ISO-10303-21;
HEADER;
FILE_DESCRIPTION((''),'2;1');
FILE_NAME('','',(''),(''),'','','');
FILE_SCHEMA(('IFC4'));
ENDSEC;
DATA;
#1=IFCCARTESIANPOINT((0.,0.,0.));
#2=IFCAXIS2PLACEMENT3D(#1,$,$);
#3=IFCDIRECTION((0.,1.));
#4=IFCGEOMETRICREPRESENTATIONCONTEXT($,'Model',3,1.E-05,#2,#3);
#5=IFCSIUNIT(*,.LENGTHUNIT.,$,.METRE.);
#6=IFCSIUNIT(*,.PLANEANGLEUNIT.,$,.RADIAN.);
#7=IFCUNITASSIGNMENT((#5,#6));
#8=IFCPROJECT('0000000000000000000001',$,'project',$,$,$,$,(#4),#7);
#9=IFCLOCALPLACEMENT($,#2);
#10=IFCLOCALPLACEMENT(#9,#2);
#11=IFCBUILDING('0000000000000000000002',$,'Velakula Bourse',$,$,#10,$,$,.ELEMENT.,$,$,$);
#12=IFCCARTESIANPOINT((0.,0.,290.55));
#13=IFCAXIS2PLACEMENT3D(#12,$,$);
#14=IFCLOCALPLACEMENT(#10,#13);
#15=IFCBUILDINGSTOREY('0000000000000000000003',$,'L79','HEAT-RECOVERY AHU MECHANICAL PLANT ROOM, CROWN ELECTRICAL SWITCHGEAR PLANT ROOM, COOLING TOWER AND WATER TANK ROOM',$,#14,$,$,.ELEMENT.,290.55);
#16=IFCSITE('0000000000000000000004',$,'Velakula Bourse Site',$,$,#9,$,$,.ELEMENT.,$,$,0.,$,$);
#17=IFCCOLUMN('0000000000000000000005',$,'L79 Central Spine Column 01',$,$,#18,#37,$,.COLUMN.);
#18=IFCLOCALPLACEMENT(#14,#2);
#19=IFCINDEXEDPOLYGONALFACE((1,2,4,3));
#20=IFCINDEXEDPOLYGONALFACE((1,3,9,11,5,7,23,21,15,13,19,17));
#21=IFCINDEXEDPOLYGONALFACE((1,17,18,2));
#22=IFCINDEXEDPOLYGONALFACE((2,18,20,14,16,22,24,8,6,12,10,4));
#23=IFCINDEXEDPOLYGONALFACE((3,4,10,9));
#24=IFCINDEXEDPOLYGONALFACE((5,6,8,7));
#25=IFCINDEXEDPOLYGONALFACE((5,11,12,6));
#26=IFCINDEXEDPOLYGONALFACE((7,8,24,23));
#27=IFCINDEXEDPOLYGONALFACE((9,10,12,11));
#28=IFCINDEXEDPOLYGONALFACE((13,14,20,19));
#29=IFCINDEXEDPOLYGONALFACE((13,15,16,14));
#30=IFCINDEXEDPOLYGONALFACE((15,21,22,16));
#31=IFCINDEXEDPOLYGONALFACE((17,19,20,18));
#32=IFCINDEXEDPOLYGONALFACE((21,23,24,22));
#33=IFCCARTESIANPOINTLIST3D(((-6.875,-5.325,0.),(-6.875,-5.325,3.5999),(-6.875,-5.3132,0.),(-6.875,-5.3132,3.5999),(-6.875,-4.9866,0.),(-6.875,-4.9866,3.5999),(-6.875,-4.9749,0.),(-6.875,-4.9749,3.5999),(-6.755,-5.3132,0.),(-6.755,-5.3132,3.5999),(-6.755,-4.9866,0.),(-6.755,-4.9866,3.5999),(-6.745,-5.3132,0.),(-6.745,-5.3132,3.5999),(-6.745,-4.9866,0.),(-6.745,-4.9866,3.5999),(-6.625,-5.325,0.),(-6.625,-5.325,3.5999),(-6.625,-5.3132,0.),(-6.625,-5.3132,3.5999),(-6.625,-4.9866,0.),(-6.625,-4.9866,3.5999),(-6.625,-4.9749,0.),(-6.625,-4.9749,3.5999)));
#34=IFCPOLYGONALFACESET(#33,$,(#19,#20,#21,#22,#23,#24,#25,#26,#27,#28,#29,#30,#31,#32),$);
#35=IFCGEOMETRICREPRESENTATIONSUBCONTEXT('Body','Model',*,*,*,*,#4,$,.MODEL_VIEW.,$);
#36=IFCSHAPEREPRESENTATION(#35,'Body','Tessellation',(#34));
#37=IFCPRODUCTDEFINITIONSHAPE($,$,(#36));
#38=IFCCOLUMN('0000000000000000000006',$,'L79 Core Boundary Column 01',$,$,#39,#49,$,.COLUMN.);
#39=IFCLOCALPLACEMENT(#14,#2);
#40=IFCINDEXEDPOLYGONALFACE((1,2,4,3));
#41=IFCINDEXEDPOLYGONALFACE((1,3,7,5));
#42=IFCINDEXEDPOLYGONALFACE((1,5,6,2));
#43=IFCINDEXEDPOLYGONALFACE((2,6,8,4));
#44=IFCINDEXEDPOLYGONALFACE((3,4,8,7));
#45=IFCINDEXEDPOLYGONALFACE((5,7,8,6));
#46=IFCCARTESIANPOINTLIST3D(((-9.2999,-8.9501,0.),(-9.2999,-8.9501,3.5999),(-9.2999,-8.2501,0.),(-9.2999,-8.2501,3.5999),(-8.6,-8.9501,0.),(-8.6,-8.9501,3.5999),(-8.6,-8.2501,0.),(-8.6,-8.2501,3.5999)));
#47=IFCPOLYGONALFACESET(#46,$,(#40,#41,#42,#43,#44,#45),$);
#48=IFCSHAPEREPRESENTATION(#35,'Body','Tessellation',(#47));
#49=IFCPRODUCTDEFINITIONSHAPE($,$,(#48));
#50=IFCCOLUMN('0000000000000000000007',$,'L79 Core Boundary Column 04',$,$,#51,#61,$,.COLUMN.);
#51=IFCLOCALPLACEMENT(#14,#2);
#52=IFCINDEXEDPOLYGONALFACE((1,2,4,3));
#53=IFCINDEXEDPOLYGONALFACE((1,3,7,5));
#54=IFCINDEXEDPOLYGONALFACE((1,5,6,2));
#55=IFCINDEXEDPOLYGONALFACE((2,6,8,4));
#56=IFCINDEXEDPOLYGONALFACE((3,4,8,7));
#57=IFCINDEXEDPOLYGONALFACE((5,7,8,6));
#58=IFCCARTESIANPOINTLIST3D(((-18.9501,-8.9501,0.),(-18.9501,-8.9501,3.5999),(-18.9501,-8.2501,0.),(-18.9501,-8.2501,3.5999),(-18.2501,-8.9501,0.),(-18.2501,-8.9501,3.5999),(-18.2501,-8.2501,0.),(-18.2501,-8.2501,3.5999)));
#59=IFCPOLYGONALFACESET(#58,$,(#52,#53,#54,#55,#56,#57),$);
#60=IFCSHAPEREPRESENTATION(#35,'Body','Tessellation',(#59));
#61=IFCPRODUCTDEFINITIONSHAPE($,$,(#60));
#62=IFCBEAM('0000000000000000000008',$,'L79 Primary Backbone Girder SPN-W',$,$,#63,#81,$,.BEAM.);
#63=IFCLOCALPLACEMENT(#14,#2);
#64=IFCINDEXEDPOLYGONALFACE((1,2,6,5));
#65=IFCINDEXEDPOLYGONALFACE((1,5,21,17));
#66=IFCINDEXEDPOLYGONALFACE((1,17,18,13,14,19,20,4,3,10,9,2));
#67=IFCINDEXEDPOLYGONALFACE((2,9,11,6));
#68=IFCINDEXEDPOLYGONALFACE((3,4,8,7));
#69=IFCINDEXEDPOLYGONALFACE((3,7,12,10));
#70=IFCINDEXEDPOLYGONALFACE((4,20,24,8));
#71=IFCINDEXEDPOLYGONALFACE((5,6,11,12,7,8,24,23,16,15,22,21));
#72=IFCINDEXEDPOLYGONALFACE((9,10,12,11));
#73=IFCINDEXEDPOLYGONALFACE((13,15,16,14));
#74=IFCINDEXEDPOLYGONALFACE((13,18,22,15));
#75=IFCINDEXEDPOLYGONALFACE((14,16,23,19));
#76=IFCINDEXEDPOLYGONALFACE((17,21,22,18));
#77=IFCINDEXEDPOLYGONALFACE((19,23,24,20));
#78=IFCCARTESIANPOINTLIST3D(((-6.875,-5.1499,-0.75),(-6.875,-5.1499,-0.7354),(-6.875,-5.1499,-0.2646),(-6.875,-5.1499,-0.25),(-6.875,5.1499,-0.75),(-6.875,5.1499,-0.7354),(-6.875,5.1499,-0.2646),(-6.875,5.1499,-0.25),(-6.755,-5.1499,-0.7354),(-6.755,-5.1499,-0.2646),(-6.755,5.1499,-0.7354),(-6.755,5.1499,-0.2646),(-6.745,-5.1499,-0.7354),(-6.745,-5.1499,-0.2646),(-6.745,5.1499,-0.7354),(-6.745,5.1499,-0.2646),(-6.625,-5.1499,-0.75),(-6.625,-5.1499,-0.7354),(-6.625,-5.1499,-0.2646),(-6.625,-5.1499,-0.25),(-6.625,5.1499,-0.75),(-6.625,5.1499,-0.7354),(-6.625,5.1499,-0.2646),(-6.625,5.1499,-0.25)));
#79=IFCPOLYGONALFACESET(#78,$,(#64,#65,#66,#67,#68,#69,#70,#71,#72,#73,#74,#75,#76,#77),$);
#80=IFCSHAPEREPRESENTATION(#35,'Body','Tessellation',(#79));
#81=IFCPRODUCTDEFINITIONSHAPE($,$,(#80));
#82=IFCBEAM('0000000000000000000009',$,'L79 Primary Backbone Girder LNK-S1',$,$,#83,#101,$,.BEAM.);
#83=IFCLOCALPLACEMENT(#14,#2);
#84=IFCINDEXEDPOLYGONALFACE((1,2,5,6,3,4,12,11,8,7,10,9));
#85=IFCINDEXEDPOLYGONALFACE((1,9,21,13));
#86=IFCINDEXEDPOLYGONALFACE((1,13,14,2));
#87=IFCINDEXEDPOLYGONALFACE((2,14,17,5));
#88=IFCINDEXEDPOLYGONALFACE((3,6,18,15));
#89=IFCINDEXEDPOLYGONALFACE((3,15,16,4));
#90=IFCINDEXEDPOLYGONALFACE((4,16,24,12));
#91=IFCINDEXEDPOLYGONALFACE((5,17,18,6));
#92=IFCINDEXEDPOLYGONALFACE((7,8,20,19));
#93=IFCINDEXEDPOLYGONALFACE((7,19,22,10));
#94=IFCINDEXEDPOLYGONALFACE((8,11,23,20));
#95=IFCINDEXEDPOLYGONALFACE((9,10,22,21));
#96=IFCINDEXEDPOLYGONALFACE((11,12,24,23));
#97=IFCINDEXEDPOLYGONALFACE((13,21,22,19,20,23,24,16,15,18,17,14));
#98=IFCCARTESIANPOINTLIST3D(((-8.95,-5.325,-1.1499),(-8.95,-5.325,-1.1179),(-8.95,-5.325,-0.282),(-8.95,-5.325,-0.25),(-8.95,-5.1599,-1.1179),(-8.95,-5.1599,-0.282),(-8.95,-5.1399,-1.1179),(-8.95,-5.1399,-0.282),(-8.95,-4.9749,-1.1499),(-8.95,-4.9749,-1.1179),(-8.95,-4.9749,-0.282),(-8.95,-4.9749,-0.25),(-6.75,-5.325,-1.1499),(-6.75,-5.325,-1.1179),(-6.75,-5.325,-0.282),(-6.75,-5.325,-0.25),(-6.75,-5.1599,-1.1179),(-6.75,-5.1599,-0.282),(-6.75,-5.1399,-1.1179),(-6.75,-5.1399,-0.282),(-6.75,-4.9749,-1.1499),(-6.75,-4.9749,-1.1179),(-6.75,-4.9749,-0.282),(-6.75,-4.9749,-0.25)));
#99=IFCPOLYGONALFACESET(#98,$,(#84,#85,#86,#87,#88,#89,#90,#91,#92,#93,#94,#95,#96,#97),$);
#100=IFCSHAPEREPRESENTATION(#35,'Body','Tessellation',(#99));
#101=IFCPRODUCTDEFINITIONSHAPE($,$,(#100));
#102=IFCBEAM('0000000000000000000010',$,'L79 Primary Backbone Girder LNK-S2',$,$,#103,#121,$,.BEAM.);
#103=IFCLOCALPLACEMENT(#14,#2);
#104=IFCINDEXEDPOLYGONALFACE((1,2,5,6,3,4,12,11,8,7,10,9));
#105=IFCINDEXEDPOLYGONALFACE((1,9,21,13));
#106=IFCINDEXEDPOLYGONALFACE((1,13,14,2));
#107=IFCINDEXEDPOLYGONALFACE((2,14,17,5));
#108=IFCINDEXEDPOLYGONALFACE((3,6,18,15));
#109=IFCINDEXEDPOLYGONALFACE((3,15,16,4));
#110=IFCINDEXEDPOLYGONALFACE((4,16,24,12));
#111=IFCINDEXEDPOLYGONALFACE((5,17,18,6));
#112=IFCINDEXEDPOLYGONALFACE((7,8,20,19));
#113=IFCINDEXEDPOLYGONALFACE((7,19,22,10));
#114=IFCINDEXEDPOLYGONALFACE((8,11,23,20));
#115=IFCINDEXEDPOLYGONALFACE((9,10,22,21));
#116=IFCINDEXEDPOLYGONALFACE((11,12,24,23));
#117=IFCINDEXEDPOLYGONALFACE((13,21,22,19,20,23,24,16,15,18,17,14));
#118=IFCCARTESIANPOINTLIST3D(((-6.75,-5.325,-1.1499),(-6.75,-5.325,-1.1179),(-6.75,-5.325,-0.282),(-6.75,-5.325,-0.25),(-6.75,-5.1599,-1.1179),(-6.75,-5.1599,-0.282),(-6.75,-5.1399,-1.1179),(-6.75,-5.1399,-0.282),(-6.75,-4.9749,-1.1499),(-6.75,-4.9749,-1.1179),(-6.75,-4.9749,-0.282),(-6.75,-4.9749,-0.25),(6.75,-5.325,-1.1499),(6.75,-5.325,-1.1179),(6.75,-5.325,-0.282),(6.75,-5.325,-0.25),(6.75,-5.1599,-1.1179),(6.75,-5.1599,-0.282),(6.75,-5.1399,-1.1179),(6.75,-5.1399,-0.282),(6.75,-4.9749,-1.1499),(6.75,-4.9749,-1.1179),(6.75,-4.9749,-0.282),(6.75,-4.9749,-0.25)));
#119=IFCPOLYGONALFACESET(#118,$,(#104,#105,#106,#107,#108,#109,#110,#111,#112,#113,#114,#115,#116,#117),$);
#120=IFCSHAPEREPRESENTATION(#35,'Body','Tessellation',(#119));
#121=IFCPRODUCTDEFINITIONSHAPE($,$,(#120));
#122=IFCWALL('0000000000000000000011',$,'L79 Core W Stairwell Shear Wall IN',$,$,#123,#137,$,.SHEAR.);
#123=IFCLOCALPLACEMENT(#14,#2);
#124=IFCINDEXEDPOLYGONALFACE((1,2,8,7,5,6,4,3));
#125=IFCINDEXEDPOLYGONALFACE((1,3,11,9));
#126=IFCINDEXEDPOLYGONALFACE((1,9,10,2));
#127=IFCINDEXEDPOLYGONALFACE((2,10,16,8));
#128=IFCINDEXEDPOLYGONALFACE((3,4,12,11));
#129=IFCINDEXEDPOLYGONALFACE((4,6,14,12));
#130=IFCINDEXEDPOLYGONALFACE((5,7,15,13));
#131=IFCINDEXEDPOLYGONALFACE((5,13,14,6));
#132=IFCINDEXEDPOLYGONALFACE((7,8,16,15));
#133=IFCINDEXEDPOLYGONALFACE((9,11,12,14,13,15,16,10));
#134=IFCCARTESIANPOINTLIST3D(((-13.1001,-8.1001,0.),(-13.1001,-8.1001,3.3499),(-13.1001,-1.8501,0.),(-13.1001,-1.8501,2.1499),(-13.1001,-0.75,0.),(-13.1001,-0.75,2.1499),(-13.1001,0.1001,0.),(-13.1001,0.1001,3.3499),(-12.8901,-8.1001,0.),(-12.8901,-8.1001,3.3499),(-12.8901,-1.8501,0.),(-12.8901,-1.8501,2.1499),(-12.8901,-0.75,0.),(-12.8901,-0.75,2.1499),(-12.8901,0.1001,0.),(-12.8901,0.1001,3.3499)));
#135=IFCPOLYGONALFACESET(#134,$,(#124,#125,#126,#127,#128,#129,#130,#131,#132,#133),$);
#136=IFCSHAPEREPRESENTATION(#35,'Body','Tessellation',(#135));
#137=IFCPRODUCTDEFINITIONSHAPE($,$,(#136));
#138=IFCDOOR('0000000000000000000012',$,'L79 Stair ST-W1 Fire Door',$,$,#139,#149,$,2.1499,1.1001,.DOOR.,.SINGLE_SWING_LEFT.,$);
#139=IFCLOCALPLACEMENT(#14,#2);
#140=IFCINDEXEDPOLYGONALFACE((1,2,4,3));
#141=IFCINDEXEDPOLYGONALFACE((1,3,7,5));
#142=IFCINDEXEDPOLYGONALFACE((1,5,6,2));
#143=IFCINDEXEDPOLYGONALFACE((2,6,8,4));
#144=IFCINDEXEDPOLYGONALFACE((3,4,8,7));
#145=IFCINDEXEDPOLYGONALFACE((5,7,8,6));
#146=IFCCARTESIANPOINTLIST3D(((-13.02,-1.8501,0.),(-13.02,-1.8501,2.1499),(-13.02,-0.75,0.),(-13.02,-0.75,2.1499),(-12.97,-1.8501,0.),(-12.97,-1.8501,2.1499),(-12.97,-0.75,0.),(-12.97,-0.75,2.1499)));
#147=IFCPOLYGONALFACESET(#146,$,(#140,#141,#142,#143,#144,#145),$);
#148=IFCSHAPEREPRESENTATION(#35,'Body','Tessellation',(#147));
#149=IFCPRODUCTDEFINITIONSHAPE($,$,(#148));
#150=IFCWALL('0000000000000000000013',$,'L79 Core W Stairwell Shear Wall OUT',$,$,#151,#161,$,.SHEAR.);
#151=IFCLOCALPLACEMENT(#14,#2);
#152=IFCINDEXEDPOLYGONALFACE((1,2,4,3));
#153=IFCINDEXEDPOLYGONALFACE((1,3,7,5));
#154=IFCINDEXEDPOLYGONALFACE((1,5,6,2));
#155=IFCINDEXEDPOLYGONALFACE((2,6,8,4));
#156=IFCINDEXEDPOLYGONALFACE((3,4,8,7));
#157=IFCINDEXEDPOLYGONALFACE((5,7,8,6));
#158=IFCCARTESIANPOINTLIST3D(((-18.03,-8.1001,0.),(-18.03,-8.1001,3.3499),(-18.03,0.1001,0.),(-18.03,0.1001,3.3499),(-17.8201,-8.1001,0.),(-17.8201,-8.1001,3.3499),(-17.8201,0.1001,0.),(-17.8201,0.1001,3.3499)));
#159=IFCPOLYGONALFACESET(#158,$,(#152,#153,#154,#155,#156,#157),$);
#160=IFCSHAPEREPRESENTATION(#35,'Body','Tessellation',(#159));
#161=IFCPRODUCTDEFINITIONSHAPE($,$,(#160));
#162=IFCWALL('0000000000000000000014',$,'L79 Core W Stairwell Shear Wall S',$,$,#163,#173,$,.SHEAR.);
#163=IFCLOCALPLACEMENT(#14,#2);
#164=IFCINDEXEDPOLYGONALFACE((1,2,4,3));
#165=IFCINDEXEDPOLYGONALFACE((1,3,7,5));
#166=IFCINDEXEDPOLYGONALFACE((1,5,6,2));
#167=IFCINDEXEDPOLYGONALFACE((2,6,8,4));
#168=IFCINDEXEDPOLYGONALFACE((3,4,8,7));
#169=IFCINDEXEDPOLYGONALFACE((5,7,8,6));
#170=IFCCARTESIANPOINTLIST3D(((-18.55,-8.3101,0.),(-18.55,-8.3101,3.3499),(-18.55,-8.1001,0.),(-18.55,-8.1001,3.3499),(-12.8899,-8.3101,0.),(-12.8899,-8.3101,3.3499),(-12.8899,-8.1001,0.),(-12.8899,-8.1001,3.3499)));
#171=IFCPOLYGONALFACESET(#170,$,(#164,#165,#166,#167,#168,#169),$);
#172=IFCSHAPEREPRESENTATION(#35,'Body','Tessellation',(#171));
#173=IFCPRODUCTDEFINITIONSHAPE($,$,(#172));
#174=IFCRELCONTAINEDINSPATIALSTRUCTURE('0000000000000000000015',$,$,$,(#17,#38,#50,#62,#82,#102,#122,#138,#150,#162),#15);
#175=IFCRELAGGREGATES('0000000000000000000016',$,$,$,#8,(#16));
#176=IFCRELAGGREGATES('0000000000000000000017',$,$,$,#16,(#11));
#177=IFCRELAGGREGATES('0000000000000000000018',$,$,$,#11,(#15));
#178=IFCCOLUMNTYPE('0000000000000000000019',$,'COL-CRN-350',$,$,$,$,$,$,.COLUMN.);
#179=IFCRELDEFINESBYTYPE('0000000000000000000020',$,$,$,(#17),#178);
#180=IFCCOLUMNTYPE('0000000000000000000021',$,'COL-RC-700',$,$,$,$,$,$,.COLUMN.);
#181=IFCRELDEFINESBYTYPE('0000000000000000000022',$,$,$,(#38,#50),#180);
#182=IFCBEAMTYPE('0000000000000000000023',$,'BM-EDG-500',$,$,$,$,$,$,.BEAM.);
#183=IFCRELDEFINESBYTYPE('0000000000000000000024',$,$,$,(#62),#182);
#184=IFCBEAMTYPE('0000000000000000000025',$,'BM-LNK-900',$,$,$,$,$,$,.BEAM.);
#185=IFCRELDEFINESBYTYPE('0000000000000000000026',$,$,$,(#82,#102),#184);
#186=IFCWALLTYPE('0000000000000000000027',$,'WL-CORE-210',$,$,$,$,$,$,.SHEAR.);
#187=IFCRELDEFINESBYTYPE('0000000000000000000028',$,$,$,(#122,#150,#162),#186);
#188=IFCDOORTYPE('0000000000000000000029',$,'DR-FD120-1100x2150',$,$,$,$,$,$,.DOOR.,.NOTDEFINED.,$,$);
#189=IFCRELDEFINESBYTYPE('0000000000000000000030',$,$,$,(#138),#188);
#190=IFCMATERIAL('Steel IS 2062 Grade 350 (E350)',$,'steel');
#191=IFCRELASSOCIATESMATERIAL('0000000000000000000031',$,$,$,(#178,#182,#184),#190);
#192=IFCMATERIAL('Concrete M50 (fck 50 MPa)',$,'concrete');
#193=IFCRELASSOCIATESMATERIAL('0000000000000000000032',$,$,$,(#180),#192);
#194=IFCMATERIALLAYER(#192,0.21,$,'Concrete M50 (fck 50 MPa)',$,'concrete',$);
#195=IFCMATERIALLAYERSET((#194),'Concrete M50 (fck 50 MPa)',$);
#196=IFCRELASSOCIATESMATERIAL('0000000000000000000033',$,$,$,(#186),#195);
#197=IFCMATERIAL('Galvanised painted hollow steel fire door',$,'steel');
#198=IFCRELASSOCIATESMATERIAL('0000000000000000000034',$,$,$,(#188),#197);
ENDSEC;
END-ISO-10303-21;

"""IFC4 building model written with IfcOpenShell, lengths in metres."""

from ifc_helpers import new_model, si_unit, direction, frame, frame_2d, origin, origin_2d, place, context, subcontext, project, spatial, rectangle, i_section, extrude, material, layer, layer_set, material_profile, profile_set, type_object, element, fill, save


model = new_model("IFC4")

# Units and contexts
model_context = context("Model", 3, precision=1e-05, world=origin(), true_north=direction((0.0, 1.0)))
body_context = subcontext(model_context, "Body", "Model", "MODEL_VIEW")
ifc_project = project(units=[si_unit("LENGTHUNIT", "METRE"), si_unit("PLANEANGLEUNIT", "RADIAN")], contexts=[model_context])

# Site, building, storey
site_placement = place(None, origin())
site = spatial("IfcSite", under=ifc_project, at=site_placement, Name="Velakula Bourse Site", CompositionType="ELEMENT", RefElevation=0.0)
building_placement = place(site_placement, origin())
building = spatial("IfcBuilding", under=site, at=building_placement, Name="Velakula Bourse", CompositionType="ELEMENT")
storey_placement = place(building_placement, frame((0.0, 0.0, 290.55)))
storey = spatial("IfcBuildingStorey", under=building, at=storey_placement, Name="L79", Description="HEAT-RECOVERY AHU MECHANICAL PLANT ROOM, CROWN ELECTRICAL SWITCHGEAR PLANT ROOM, COOLING TOWER AND WATER TANK ROOM", CompositionType="ELEMENT", Elevation=290.55)

# Columns
ifc_material_1 = material(Name="Steel IS 2062 Grade 350 (E350)", Category="steel")
ifc_material_profile_1 = material_profile(ifc_material_1, i_section(OverallWidth=0.25, OverallDepth=0.3501, WebThickness=0.01, FlangeThickness=0.0117, at=origin_2d()), Name="Steel IS 2062 Grade 350 (E350)")
ifc_profile_set_1 = profile_set([ifc_material_profile_1], Name="Steel IS 2062 Grade 350 (E350)")
column_type_1 = type_object("IfcColumnType", Name="COL-CRN-350", PredefinedType="COLUMN", material=ifc_profile_set_1)
column_placement = place(storey_placement, frame((-6.75, -5.1499, 0.0), z_axis=(0.0, 0.0, 1.0), x_axis=(1.0, 0.0, 0.0)))
element("IfcColumn", 1, at=column_placement, inside=storey, type_object=column_type_1, Name="L79 Central Spine Column 01", PredefinedType="COLUMN", context=body_context, shape_type="SweptSolid", body=[
    extrude(i_section(OverallWidth=0.25, OverallDepth=0.3501, WebThickness=0.01, FlangeThickness=0.0117, at=origin_2d()), origin(), (0.0, 0.0, 1.0), 3.5999),
])
ifc_material_2 = material(Name="Concrete M50 (fck 50 MPa)", Category="concrete")
ifc_material_profile_2 = material_profile(ifc_material_2, rectangle(XDim=0.7, YDim=0.7, at=origin_2d()), Name="Concrete M50 (fck 50 MPa)")
ifc_profile_set_2 = profile_set([ifc_material_profile_2], Name="Concrete M50 (fck 50 MPa)")
column_type_2 = type_object("IfcColumnType", Name="COL-RC-700", PredefinedType="COLUMN", material=ifc_profile_set_2)
for number, where, z_axis, x_axis, name in (
    (2, (-8.95, -8.6001, 0.0), (0.0, 0.0, 1.0), (1.0, 0.0, 0.0), "L79 Core Boundary Column 01"),
    (3, (-18.6001, -8.6001, 0.0), (0.0, 0.0, 1.0), (1.0, 0.0, 0.0), "L79 Core Boundary Column 04"),
):
    element("IfcColumn", number, at=place(storey_placement, frame(where, z_axis=z_axis, x_axis=x_axis)), inside=storey, type_object=column_type_2, Name=name, PredefinedType="COLUMN", context=body_context, shape_type="SweptSolid", body=[
        extrude(rectangle(XDim=0.7, YDim=0.7, at=origin_2d()), origin(), (0.0, 0.0, 1.0), 3.5999),
    ])

# Beams
ifc_material_profile_3 = material_profile(ifc_material_1, i_section(OverallWidth=0.25, OverallDepth=0.5, WebThickness=0.01, FlangeThickness=0.0146, at=origin_2d()), Name="Steel IS 2062 Grade 350 (E350)")
ifc_profile_set_3 = profile_set([ifc_material_profile_3], Name="Steel IS 2062 Grade 350 (E350)")
beam_type_1 = type_object("IfcBeamType", Name="BM-EDG-500", PredefinedType="BEAM", material=ifc_profile_set_3)
beam_1_placement = place(storey_placement, frame((-6.75, -5.1499, -0.5), z_axis=(0.0, 1.0, 0.0), x_axis=(-1.0, 0.0, 0.0)))
element("IfcBeam", 4, at=beam_1_placement, inside=storey, type_object=beam_type_1, Name="L79 Primary Backbone Girder SPN-W", PredefinedType="BEAM", context=body_context, shape_type="SweptSolid", body=[
    extrude(i_section(OverallWidth=0.25, OverallDepth=0.5, WebThickness=0.01, FlangeThickness=0.0146, at=origin_2d()), origin(), (0.0, 0.0, 1.0), 10.2998),
])
ifc_material_profile_4 = material_profile(ifc_material_1, i_section(OverallWidth=0.3501, OverallDepth=0.8999, WebThickness=0.02, FlangeThickness=0.032, at=origin_2d()), Name="Steel IS 2062 Grade 350 (E350)")
ifc_profile_set_4 = profile_set([ifc_material_profile_4], Name="Steel IS 2062 Grade 350 (E350)")
beam_type_2 = type_object("IfcBeamType", Name="BM-LNK-900", PredefinedType="BEAM", material=ifc_profile_set_4)
beam_2_placement = place(storey_placement, frame((-8.95, -5.1499, -0.7), z_axis=(1.0, 0.0, 0.0), x_axis=(0.0, 1.0, 0.0)))
element("IfcBeam", 5, at=beam_2_placement, inside=storey, type_object=beam_type_2, Name="L79 Primary Backbone Girder LNK-S1", PredefinedType="BEAM", context=body_context, shape_type="SweptSolid", body=[
    extrude(i_section(OverallWidth=0.3501, OverallDepth=0.8999, WebThickness=0.02, FlangeThickness=0.032, at=origin_2d()), origin(), (0.0, 0.0, 1.0), 2.2),
])
beam_3_placement = place(storey_placement, frame((-6.75, -5.1499, -0.7), z_axis=(1.0, 0.0, 0.0), x_axis=(0.0, 1.0, 0.0)))
element("IfcBeam", 6, at=beam_3_placement, inside=storey, type_object=beam_type_2, Name="L79 Primary Backbone Girder LNK-S2", PredefinedType="BEAM", context=body_context, shape_type="SweptSolid", body=[
    extrude(i_section(OverallWidth=0.3501, OverallDepth=0.8999, WebThickness=0.02, FlangeThickness=0.032, at=origin_2d()), origin(), (0.0, 0.0, 1.0), 13.5),
])

# Wall, opening, door
ifc_layer_1 = layer(ifc_material_2, 0.21, Name="Concrete M50 (fck 50 MPa)", Category="concrete")
ifc_layer_set_1 = layer_set([ifc_layer_1], Name="Concrete M50 (fck 50 MPa)")
wall_type_1 = type_object("IfcWallType", Name="WL-CORE-210", PredefinedType="SHEAR", material=ifc_layer_set_1)
wall_1_placement = place(storey_placement, frame((-12.9951, -8.1001, 0.0), z_axis=(0.0, 0.0, 1.0), x_axis=(0.0, 1.0, 0.0)))
wall_1 = element("IfcWall", 7, at=wall_1_placement, inside=storey, type_object=wall_type_1, Name="L79 Core W Stairwell Shear Wall IN", PredefinedType="SHEAR", context=body_context, shape_type="SweptSolid", body=[
    extrude(rectangle(XDim=8.2002, YDim=0.21, at=frame_2d((4.1001, 0.0))), origin(), (0.0, 0.0, 1.0), 3.3499),
])
opening_1_placement = place(wall_1_placement, frame((6.25, 0.0, 0.0)))
opening_1 = element("IfcOpeningElement", 8, at=opening_1_placement, cuts=wall_1, PredefinedType="OPENING", context=body_context, shape_type="SweptSolid", body=[
    extrude(rectangle(XDim=1.1001, YDim=2.1499, at=frame_2d((0.55, 1.075))), frame((0.0, 0.115, 0.0), z_axis=(0.0, -1.0, 0.0), x_axis=(1.0, 0.0, 0.0)), (0.0, 0.0, 1.0), 0.23),
])
ifc_material_3 = material(Name="Galvanised painted hollow steel fire door", Category="steel")
door_type_1 = type_object("IfcDoorType", Name="DR-FD120-1100x2150", OperationType="NOTDEFINED", PredefinedType="DOOR", material=ifc_material_3)
door_1_placement = place(opening_1_placement, origin())
door_1 = element("IfcDoor", 9, at=door_1_placement, inside=storey, type_object=door_type_1, Name="L79 Stair ST-W1 Fire Door", OperationType="SINGLE_SWING_LEFT", OverallHeight=2.1499, OverallWidth=1.1001, PredefinedType="DOOR", context=body_context, shape_type="SweptSolid", body=[
    extrude(rectangle(XDim=1.1001, YDim=2.1499, at=frame_2d((0.55, 1.075))), frame((0.0, 0.0249, 0.0), z_axis=(0.0, -1.0, 0.0), x_axis=(1.0, 0.0, 0.0)), (0.0, 0.0, 1.0), 0.05),
])
fill(opening_1, door_1)

# Walls
wall_2_placement = place(storey_placement, frame((-17.925, -8.1001, 0.0), z_axis=(0.0, 0.0, 1.0), x_axis=(0.0, 1.0, 0.0)))
element("IfcWall", 10, at=wall_2_placement, inside=storey, type_object=wall_type_1, Name="L79 Core W Stairwell Shear Wall OUT", PredefinedType="SHEAR", context=body_context, shape_type="SweptSolid", body=[
    extrude(rectangle(XDim=8.2002, YDim=0.21, at=frame_2d((4.1001, 0.0))), origin(), (0.0, 0.0, 1.0), 3.3499),
])
wall_3_placement = place(storey_placement, frame((-18.55, -8.2051, 0.0), z_axis=(0.0, 0.0, 1.0), x_axis=(1.0, 0.0, 0.0)))
element("IfcWall", 11, at=wall_3_placement, inside=storey, type_object=wall_type_1, Name="L79 Core W Stairwell Shear Wall S", PredefinedType="SHEAR", context=body_context, shape_type="SweptSolid", body=[
    extrude(rectangle(XDim=5.6602, YDim=0.21, at=frame_2d((2.8301, 0.0))), origin(), (0.0, 0.0, 1.0), 3.3499),
])

save(model, "model.ifc")
